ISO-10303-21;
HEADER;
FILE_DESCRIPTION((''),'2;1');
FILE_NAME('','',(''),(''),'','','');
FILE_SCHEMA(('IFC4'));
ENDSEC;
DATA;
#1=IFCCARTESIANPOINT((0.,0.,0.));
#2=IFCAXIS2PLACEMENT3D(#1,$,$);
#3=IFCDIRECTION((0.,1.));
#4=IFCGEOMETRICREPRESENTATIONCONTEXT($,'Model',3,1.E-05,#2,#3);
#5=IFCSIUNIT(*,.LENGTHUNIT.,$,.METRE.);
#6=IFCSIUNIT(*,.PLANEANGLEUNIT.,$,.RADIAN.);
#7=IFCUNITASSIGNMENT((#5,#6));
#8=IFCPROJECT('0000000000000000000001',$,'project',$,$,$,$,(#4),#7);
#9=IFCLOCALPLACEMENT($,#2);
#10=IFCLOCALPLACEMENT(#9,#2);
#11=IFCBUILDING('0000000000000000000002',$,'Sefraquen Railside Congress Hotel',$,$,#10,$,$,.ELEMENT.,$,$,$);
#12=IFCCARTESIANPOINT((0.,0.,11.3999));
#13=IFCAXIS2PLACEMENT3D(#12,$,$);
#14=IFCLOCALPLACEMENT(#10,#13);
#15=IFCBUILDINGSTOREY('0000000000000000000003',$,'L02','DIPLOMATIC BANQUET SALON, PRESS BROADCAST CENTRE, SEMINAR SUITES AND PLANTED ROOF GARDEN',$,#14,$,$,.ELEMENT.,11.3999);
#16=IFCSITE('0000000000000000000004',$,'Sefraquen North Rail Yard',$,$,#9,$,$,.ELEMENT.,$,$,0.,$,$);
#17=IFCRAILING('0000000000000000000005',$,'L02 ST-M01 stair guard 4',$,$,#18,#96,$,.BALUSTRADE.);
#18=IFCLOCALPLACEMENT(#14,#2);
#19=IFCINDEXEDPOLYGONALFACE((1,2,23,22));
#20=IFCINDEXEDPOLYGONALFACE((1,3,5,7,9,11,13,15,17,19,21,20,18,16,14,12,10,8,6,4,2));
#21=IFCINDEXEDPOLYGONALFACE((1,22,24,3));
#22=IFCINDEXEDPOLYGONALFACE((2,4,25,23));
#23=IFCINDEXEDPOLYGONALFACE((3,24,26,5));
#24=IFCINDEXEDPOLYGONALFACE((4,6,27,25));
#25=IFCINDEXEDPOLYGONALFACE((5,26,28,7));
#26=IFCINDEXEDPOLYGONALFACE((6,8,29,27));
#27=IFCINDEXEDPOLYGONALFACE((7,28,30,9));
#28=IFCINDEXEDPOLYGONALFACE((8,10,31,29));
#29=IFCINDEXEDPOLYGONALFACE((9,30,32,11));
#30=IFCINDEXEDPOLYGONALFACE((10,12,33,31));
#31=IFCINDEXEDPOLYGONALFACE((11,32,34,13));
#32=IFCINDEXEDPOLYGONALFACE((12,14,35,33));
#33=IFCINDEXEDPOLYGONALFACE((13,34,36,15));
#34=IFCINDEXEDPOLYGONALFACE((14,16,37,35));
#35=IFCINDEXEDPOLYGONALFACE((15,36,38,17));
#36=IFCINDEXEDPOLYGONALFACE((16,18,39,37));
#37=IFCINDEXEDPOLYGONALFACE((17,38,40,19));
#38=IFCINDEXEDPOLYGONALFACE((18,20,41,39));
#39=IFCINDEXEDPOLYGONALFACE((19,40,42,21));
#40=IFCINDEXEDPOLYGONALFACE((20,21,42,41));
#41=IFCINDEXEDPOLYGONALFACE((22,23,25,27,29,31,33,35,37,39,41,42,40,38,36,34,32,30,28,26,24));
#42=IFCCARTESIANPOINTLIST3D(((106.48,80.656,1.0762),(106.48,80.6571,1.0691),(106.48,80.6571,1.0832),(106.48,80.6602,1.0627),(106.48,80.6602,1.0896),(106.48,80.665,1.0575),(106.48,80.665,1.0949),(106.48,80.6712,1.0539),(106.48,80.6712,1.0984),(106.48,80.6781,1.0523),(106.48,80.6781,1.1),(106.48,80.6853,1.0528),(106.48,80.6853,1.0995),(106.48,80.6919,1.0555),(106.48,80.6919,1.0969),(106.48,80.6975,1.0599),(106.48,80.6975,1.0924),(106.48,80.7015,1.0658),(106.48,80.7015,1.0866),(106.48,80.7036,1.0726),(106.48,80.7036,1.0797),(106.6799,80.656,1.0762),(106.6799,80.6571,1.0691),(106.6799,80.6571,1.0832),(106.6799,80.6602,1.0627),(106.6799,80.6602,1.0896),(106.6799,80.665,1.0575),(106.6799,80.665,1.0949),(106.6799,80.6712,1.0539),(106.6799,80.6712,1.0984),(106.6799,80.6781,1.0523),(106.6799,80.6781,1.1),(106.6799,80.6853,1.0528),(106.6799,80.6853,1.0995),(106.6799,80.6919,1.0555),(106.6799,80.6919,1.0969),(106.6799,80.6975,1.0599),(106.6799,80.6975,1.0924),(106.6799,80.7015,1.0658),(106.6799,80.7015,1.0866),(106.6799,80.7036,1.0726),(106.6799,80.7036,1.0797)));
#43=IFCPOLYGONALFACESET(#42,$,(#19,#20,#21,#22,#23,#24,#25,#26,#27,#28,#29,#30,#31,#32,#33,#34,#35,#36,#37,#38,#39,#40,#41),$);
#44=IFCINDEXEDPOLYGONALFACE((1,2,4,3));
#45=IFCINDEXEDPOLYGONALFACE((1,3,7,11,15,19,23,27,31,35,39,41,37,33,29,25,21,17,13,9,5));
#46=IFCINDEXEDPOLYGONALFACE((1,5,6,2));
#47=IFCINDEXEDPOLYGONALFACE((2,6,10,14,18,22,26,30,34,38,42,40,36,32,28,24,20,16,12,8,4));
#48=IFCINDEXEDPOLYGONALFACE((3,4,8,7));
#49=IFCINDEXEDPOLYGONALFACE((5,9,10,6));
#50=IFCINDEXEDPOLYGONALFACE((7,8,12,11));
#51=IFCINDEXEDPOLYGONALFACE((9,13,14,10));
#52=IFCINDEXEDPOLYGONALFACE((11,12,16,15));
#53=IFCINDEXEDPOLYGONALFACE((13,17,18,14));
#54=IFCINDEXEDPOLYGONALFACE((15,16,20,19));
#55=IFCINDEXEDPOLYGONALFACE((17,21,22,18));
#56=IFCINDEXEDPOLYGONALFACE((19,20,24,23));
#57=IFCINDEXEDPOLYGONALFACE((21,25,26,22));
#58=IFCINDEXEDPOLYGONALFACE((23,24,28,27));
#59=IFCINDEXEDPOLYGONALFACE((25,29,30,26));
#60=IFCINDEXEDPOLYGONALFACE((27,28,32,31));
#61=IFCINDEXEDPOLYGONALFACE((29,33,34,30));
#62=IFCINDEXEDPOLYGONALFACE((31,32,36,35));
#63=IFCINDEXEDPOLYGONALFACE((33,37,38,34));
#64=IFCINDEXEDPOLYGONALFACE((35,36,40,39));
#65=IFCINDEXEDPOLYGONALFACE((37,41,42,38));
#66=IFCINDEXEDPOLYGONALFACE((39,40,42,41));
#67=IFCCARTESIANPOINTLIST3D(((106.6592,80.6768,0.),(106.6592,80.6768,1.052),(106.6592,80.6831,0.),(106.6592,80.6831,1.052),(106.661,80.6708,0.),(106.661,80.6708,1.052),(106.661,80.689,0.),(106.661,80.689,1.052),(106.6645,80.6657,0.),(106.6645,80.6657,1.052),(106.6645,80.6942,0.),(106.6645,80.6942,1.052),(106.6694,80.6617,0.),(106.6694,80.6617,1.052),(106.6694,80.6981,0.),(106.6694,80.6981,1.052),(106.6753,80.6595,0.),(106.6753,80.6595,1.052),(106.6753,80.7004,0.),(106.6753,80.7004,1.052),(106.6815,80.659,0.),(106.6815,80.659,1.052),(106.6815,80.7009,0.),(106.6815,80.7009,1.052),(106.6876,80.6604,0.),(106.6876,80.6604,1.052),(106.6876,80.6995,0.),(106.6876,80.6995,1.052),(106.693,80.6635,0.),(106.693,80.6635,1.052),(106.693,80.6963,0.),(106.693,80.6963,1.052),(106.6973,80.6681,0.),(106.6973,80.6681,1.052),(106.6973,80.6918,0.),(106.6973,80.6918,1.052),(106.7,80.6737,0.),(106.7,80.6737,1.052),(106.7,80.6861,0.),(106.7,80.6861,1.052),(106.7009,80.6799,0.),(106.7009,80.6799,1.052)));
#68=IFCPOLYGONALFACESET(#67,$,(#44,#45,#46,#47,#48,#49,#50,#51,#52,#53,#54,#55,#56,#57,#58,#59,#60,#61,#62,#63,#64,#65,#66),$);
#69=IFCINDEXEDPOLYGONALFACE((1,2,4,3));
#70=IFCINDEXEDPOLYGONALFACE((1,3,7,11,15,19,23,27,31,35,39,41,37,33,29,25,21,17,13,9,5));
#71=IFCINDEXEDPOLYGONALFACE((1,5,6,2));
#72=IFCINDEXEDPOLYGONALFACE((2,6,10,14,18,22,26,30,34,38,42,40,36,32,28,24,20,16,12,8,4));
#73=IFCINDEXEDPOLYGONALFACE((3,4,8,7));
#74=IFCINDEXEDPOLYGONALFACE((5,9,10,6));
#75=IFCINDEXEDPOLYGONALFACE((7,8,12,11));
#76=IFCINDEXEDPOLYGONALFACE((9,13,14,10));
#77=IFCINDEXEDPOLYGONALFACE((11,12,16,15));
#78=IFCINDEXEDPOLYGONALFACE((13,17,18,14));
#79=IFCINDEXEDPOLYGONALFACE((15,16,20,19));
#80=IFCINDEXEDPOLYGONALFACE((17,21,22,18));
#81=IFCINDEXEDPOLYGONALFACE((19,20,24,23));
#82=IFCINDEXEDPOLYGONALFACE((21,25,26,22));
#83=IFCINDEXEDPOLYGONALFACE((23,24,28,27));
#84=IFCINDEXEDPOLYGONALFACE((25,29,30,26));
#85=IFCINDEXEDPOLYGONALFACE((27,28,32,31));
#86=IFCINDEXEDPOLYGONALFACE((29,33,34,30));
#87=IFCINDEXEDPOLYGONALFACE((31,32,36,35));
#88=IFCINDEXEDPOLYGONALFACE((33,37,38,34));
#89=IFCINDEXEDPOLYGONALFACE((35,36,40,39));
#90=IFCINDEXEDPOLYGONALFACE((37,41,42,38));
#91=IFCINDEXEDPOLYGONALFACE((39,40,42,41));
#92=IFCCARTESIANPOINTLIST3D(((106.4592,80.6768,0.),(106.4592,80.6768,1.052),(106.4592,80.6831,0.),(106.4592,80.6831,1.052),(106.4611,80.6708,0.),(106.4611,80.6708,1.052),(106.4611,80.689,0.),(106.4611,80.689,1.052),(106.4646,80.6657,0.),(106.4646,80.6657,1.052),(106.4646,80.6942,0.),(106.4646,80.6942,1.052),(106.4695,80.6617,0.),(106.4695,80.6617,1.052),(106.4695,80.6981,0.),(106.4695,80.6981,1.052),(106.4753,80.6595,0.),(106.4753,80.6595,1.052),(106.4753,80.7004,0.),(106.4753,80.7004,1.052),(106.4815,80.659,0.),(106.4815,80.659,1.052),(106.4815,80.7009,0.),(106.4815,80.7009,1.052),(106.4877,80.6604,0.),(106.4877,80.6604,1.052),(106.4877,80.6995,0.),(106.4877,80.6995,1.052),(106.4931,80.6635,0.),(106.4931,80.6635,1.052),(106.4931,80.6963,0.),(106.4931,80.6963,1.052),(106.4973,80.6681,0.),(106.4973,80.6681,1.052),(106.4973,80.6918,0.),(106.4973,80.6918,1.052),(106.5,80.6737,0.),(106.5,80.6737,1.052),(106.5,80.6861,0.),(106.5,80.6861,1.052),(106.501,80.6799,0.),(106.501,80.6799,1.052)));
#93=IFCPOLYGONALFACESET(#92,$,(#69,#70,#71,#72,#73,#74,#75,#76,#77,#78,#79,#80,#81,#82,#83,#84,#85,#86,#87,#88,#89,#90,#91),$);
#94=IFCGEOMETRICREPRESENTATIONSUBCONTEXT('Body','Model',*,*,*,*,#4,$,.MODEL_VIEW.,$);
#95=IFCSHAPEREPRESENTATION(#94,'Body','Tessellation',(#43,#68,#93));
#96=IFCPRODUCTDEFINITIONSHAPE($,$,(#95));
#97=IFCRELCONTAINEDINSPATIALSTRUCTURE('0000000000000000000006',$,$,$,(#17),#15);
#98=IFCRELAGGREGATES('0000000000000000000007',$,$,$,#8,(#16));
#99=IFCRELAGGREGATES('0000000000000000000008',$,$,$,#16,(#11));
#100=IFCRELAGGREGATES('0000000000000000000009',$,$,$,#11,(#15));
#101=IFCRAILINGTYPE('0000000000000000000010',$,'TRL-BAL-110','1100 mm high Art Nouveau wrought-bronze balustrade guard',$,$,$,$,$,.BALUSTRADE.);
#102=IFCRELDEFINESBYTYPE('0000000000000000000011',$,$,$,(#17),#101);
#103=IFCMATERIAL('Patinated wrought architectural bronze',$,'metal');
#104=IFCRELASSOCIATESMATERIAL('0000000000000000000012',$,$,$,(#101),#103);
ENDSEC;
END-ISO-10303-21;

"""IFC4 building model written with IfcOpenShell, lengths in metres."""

from ifc_helpers import new_model, si_unit, direction, frame, origin, origin_2d, place, context, subcontext, project, spatial, circle, extrude, material, type_object, element, save


model = new_model("IFC4")

# Units and contexts
model_context = context("Model", 3, precision=1e-05, world=origin(), true_north=direction((0.0, 1.0)))
body_context = subcontext(model_context, "Body", "Model", "MODEL_VIEW")
ifc_project = project(units=[si_unit("LENGTHUNIT", "METRE"), si_unit("PLANEANGLEUNIT", "RADIAN")], contexts=[model_context])

# Site, building, storey
site_placement = place(None, origin())
site = spatial("IfcSite", under=ifc_project, at=site_placement, Name="Sefraquen North Rail Yard", CompositionType="ELEMENT", RefElevation=0.0)
building_placement = place(site_placement, origin())
building = spatial("IfcBuilding", under=site, at=building_placement, Name="Sefraquen Railside Congress Hotel", CompositionType="ELEMENT")
storey_placement = place(building_placement, frame((0.0, 0.0, 11.3999)))
storey = spatial("IfcBuildingStorey", under=building, at=storey_placement, Name="L02", Description="DIPLOMATIC BANQUET SALON, PRESS BROADCAST CENTRE, SEMINAR SUITES AND PLANTED ROOF GARDEN", CompositionType="ELEMENT", Elevation=11.3999)

# Railing
ifc_material_1 = material(Name="Patinated wrought architectural bronze", Category="metal")
railing_type_1 = type_object("IfcRailingType", Name="TRL-BAL-110", Description="1100 mm high Art Nouveau wrought-bronze balustrade guard", PredefinedType="BALUSTRADE", material=ifc_material_1)
railing_1_placement = place(storey_placement, frame((106.6799, 80.6799, 0.0)))
element("IfcRailing", 1, at=railing_1_placement, inside=storey, type_object=railing_type_1, Name="L02 ST-M01 stair guard 4", PredefinedType="BALUSTRADE", context=body_context, shape_type="SweptSolid", body=[
    extrude(circle(Radius=0.0239, at=origin_2d()), frame((0.0, 0.0, 1.0762), z_axis=(-1.0, 0.0, 0.0), x_axis=(0.0, -1.0, 0.0)), (0.0, 0.0, 1.0), 0.2),
    extrude(circle(Radius=0.021, at=origin_2d()), origin(), (0.0, 0.0, 1.0), 1.052),
    extrude(circle(Radius=0.021, at=origin_2d()), frame((-0.2, 0.0, 0.0)), (0.0, 0.0, 1.0), 1.052),
])

save(model, "model.ifc")
